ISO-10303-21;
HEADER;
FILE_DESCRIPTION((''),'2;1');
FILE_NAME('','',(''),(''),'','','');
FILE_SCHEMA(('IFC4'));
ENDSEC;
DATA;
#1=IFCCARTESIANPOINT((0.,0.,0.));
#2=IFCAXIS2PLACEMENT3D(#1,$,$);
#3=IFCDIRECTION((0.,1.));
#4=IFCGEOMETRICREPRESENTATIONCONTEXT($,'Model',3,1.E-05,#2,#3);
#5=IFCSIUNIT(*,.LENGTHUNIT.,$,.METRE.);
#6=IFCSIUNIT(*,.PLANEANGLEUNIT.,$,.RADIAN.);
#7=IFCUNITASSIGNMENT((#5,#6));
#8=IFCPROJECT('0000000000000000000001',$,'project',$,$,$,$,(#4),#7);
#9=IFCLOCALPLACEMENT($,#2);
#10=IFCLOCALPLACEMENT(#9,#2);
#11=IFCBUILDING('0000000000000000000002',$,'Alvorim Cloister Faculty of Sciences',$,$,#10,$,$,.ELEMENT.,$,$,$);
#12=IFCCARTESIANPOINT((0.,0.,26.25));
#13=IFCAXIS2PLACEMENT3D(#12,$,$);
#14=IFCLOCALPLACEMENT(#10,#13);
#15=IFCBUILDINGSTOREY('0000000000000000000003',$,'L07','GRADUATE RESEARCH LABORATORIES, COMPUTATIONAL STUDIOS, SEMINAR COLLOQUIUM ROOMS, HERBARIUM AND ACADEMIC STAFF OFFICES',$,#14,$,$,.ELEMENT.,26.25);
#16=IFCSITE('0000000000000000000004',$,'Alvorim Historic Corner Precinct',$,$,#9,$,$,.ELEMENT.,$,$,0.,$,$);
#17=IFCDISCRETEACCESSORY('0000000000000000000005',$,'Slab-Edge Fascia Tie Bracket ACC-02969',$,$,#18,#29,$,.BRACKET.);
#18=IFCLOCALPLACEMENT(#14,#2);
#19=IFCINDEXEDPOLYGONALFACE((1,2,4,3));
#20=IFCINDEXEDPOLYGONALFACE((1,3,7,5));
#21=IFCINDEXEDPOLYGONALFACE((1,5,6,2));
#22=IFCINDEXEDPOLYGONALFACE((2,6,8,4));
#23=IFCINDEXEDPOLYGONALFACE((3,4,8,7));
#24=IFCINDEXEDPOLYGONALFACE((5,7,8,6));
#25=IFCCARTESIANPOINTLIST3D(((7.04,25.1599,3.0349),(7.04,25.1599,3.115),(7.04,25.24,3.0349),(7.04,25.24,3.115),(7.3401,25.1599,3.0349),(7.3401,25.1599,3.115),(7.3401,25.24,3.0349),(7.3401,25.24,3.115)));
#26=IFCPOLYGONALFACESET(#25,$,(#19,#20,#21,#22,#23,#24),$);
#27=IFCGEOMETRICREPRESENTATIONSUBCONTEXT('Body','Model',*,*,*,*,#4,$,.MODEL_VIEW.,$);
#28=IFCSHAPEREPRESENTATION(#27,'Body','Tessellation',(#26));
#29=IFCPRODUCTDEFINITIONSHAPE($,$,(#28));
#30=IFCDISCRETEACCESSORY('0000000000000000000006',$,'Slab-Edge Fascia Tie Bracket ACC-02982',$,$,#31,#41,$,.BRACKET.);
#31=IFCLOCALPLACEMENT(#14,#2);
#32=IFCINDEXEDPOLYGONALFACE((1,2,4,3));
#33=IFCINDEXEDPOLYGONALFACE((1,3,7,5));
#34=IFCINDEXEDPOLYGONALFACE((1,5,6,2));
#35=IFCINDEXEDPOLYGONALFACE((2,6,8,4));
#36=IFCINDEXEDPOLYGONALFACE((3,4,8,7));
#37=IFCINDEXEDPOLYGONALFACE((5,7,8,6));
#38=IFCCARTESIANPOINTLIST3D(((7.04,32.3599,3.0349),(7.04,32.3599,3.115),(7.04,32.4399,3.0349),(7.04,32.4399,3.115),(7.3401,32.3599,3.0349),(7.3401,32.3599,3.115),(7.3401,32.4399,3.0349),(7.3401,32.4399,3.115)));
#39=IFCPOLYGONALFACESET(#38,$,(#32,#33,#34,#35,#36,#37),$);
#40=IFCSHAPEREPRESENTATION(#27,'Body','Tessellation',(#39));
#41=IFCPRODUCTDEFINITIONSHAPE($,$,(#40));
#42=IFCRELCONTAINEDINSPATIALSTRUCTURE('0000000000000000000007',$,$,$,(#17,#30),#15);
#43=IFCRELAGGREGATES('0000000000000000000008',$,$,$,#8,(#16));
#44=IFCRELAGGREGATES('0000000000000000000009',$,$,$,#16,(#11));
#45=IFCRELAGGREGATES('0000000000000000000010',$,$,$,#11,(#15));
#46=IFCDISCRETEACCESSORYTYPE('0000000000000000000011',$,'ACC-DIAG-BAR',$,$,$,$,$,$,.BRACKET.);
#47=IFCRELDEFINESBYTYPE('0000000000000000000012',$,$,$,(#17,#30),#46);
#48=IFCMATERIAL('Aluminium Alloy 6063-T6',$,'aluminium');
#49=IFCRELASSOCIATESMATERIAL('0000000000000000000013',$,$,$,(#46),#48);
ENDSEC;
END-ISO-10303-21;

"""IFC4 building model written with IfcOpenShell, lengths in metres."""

from ifc_helpers import new_model, si_unit, direction, frame, origin, origin_2d, place, context, subcontext, project, spatial, rectangle, extrude, material, type_object, element, save


model = new_model("IFC4")

# Units and contexts
model_context = context("Model", 3, precision=1e-05, world=origin(), true_north=direction((0.0, 1.0)))
body_context = subcontext(model_context, "Body", "Model", "MODEL_VIEW")
ifc_project = project(units=[si_unit("LENGTHUNIT", "METRE"), si_unit("PLANEANGLEUNIT", "RADIAN")], contexts=[model_context])

# Site, building, storey
site_placement = place(None, origin())
site = spatial("IfcSite", under=ifc_project, at=site_placement, Name="Alvorim Historic Corner Precinct", CompositionType="ELEMENT", RefElevation=0.0)
building_placement = place(site_placement, origin())
building = spatial("IfcBuilding", under=site, at=building_placement, Name="Alvorim Cloister Faculty of Sciences", CompositionType="ELEMENT")
storey_placement = place(building_placement, frame((0.0, 0.0, 26.25)))
storey = spatial("IfcBuildingStorey", under=building, at=storey_placement, Name="L07", Description="GRADUATE RESEARCH LABORATORIES, COMPUTATIONAL STUDIOS, SEMINAR COLLOQUIUM ROOMS, HERBARIUM AND ACADEMIC STAFF OFFICES", CompositionType="ELEMENT", Elevation=26.25)

# Shared definitions
ifc_material_1 = material(Name="Aluminium Alloy 6063-T6", Category="aluminium")

# Discrete accessories
discrete_accessory_type = type_object("IfcDiscreteAccessoryType", Name="ACC-DIAG-BAR", PredefinedType="BRACKET", material=ifc_material_1)
for number, where, z_axis, x_axis, name in (
    (1, (7.3401, 25.2, 3.075), (-1.0, 0.0, 0.0), (0.0, -1.0, 0.0), "Slab-Edge Fascia Tie Bracket ACC-02969"),
    (2, (7.3401, 32.3999, 3.075), (-1.0, 0.0, 0.0), (0.0, -1.0, 0.0), "Slab-Edge Fascia Tie Bracket ACC-02982"),
):
    element("IfcDiscreteAccessory", number, at=place(storey_placement, frame(where, z_axis=z_axis, x_axis=x_axis)), inside=storey, type_object=discrete_accessory_type, Name=name, PredefinedType="BRACKET", context=body_context, shape_type="SweptSolid", body=[
        extrude(rectangle(XDim=0.0801, YDim=0.0801, at=origin_2d()), origin(), (0.0, 0.0, 1.0), 0.3),
    ])

save(model, "model.ifc")
